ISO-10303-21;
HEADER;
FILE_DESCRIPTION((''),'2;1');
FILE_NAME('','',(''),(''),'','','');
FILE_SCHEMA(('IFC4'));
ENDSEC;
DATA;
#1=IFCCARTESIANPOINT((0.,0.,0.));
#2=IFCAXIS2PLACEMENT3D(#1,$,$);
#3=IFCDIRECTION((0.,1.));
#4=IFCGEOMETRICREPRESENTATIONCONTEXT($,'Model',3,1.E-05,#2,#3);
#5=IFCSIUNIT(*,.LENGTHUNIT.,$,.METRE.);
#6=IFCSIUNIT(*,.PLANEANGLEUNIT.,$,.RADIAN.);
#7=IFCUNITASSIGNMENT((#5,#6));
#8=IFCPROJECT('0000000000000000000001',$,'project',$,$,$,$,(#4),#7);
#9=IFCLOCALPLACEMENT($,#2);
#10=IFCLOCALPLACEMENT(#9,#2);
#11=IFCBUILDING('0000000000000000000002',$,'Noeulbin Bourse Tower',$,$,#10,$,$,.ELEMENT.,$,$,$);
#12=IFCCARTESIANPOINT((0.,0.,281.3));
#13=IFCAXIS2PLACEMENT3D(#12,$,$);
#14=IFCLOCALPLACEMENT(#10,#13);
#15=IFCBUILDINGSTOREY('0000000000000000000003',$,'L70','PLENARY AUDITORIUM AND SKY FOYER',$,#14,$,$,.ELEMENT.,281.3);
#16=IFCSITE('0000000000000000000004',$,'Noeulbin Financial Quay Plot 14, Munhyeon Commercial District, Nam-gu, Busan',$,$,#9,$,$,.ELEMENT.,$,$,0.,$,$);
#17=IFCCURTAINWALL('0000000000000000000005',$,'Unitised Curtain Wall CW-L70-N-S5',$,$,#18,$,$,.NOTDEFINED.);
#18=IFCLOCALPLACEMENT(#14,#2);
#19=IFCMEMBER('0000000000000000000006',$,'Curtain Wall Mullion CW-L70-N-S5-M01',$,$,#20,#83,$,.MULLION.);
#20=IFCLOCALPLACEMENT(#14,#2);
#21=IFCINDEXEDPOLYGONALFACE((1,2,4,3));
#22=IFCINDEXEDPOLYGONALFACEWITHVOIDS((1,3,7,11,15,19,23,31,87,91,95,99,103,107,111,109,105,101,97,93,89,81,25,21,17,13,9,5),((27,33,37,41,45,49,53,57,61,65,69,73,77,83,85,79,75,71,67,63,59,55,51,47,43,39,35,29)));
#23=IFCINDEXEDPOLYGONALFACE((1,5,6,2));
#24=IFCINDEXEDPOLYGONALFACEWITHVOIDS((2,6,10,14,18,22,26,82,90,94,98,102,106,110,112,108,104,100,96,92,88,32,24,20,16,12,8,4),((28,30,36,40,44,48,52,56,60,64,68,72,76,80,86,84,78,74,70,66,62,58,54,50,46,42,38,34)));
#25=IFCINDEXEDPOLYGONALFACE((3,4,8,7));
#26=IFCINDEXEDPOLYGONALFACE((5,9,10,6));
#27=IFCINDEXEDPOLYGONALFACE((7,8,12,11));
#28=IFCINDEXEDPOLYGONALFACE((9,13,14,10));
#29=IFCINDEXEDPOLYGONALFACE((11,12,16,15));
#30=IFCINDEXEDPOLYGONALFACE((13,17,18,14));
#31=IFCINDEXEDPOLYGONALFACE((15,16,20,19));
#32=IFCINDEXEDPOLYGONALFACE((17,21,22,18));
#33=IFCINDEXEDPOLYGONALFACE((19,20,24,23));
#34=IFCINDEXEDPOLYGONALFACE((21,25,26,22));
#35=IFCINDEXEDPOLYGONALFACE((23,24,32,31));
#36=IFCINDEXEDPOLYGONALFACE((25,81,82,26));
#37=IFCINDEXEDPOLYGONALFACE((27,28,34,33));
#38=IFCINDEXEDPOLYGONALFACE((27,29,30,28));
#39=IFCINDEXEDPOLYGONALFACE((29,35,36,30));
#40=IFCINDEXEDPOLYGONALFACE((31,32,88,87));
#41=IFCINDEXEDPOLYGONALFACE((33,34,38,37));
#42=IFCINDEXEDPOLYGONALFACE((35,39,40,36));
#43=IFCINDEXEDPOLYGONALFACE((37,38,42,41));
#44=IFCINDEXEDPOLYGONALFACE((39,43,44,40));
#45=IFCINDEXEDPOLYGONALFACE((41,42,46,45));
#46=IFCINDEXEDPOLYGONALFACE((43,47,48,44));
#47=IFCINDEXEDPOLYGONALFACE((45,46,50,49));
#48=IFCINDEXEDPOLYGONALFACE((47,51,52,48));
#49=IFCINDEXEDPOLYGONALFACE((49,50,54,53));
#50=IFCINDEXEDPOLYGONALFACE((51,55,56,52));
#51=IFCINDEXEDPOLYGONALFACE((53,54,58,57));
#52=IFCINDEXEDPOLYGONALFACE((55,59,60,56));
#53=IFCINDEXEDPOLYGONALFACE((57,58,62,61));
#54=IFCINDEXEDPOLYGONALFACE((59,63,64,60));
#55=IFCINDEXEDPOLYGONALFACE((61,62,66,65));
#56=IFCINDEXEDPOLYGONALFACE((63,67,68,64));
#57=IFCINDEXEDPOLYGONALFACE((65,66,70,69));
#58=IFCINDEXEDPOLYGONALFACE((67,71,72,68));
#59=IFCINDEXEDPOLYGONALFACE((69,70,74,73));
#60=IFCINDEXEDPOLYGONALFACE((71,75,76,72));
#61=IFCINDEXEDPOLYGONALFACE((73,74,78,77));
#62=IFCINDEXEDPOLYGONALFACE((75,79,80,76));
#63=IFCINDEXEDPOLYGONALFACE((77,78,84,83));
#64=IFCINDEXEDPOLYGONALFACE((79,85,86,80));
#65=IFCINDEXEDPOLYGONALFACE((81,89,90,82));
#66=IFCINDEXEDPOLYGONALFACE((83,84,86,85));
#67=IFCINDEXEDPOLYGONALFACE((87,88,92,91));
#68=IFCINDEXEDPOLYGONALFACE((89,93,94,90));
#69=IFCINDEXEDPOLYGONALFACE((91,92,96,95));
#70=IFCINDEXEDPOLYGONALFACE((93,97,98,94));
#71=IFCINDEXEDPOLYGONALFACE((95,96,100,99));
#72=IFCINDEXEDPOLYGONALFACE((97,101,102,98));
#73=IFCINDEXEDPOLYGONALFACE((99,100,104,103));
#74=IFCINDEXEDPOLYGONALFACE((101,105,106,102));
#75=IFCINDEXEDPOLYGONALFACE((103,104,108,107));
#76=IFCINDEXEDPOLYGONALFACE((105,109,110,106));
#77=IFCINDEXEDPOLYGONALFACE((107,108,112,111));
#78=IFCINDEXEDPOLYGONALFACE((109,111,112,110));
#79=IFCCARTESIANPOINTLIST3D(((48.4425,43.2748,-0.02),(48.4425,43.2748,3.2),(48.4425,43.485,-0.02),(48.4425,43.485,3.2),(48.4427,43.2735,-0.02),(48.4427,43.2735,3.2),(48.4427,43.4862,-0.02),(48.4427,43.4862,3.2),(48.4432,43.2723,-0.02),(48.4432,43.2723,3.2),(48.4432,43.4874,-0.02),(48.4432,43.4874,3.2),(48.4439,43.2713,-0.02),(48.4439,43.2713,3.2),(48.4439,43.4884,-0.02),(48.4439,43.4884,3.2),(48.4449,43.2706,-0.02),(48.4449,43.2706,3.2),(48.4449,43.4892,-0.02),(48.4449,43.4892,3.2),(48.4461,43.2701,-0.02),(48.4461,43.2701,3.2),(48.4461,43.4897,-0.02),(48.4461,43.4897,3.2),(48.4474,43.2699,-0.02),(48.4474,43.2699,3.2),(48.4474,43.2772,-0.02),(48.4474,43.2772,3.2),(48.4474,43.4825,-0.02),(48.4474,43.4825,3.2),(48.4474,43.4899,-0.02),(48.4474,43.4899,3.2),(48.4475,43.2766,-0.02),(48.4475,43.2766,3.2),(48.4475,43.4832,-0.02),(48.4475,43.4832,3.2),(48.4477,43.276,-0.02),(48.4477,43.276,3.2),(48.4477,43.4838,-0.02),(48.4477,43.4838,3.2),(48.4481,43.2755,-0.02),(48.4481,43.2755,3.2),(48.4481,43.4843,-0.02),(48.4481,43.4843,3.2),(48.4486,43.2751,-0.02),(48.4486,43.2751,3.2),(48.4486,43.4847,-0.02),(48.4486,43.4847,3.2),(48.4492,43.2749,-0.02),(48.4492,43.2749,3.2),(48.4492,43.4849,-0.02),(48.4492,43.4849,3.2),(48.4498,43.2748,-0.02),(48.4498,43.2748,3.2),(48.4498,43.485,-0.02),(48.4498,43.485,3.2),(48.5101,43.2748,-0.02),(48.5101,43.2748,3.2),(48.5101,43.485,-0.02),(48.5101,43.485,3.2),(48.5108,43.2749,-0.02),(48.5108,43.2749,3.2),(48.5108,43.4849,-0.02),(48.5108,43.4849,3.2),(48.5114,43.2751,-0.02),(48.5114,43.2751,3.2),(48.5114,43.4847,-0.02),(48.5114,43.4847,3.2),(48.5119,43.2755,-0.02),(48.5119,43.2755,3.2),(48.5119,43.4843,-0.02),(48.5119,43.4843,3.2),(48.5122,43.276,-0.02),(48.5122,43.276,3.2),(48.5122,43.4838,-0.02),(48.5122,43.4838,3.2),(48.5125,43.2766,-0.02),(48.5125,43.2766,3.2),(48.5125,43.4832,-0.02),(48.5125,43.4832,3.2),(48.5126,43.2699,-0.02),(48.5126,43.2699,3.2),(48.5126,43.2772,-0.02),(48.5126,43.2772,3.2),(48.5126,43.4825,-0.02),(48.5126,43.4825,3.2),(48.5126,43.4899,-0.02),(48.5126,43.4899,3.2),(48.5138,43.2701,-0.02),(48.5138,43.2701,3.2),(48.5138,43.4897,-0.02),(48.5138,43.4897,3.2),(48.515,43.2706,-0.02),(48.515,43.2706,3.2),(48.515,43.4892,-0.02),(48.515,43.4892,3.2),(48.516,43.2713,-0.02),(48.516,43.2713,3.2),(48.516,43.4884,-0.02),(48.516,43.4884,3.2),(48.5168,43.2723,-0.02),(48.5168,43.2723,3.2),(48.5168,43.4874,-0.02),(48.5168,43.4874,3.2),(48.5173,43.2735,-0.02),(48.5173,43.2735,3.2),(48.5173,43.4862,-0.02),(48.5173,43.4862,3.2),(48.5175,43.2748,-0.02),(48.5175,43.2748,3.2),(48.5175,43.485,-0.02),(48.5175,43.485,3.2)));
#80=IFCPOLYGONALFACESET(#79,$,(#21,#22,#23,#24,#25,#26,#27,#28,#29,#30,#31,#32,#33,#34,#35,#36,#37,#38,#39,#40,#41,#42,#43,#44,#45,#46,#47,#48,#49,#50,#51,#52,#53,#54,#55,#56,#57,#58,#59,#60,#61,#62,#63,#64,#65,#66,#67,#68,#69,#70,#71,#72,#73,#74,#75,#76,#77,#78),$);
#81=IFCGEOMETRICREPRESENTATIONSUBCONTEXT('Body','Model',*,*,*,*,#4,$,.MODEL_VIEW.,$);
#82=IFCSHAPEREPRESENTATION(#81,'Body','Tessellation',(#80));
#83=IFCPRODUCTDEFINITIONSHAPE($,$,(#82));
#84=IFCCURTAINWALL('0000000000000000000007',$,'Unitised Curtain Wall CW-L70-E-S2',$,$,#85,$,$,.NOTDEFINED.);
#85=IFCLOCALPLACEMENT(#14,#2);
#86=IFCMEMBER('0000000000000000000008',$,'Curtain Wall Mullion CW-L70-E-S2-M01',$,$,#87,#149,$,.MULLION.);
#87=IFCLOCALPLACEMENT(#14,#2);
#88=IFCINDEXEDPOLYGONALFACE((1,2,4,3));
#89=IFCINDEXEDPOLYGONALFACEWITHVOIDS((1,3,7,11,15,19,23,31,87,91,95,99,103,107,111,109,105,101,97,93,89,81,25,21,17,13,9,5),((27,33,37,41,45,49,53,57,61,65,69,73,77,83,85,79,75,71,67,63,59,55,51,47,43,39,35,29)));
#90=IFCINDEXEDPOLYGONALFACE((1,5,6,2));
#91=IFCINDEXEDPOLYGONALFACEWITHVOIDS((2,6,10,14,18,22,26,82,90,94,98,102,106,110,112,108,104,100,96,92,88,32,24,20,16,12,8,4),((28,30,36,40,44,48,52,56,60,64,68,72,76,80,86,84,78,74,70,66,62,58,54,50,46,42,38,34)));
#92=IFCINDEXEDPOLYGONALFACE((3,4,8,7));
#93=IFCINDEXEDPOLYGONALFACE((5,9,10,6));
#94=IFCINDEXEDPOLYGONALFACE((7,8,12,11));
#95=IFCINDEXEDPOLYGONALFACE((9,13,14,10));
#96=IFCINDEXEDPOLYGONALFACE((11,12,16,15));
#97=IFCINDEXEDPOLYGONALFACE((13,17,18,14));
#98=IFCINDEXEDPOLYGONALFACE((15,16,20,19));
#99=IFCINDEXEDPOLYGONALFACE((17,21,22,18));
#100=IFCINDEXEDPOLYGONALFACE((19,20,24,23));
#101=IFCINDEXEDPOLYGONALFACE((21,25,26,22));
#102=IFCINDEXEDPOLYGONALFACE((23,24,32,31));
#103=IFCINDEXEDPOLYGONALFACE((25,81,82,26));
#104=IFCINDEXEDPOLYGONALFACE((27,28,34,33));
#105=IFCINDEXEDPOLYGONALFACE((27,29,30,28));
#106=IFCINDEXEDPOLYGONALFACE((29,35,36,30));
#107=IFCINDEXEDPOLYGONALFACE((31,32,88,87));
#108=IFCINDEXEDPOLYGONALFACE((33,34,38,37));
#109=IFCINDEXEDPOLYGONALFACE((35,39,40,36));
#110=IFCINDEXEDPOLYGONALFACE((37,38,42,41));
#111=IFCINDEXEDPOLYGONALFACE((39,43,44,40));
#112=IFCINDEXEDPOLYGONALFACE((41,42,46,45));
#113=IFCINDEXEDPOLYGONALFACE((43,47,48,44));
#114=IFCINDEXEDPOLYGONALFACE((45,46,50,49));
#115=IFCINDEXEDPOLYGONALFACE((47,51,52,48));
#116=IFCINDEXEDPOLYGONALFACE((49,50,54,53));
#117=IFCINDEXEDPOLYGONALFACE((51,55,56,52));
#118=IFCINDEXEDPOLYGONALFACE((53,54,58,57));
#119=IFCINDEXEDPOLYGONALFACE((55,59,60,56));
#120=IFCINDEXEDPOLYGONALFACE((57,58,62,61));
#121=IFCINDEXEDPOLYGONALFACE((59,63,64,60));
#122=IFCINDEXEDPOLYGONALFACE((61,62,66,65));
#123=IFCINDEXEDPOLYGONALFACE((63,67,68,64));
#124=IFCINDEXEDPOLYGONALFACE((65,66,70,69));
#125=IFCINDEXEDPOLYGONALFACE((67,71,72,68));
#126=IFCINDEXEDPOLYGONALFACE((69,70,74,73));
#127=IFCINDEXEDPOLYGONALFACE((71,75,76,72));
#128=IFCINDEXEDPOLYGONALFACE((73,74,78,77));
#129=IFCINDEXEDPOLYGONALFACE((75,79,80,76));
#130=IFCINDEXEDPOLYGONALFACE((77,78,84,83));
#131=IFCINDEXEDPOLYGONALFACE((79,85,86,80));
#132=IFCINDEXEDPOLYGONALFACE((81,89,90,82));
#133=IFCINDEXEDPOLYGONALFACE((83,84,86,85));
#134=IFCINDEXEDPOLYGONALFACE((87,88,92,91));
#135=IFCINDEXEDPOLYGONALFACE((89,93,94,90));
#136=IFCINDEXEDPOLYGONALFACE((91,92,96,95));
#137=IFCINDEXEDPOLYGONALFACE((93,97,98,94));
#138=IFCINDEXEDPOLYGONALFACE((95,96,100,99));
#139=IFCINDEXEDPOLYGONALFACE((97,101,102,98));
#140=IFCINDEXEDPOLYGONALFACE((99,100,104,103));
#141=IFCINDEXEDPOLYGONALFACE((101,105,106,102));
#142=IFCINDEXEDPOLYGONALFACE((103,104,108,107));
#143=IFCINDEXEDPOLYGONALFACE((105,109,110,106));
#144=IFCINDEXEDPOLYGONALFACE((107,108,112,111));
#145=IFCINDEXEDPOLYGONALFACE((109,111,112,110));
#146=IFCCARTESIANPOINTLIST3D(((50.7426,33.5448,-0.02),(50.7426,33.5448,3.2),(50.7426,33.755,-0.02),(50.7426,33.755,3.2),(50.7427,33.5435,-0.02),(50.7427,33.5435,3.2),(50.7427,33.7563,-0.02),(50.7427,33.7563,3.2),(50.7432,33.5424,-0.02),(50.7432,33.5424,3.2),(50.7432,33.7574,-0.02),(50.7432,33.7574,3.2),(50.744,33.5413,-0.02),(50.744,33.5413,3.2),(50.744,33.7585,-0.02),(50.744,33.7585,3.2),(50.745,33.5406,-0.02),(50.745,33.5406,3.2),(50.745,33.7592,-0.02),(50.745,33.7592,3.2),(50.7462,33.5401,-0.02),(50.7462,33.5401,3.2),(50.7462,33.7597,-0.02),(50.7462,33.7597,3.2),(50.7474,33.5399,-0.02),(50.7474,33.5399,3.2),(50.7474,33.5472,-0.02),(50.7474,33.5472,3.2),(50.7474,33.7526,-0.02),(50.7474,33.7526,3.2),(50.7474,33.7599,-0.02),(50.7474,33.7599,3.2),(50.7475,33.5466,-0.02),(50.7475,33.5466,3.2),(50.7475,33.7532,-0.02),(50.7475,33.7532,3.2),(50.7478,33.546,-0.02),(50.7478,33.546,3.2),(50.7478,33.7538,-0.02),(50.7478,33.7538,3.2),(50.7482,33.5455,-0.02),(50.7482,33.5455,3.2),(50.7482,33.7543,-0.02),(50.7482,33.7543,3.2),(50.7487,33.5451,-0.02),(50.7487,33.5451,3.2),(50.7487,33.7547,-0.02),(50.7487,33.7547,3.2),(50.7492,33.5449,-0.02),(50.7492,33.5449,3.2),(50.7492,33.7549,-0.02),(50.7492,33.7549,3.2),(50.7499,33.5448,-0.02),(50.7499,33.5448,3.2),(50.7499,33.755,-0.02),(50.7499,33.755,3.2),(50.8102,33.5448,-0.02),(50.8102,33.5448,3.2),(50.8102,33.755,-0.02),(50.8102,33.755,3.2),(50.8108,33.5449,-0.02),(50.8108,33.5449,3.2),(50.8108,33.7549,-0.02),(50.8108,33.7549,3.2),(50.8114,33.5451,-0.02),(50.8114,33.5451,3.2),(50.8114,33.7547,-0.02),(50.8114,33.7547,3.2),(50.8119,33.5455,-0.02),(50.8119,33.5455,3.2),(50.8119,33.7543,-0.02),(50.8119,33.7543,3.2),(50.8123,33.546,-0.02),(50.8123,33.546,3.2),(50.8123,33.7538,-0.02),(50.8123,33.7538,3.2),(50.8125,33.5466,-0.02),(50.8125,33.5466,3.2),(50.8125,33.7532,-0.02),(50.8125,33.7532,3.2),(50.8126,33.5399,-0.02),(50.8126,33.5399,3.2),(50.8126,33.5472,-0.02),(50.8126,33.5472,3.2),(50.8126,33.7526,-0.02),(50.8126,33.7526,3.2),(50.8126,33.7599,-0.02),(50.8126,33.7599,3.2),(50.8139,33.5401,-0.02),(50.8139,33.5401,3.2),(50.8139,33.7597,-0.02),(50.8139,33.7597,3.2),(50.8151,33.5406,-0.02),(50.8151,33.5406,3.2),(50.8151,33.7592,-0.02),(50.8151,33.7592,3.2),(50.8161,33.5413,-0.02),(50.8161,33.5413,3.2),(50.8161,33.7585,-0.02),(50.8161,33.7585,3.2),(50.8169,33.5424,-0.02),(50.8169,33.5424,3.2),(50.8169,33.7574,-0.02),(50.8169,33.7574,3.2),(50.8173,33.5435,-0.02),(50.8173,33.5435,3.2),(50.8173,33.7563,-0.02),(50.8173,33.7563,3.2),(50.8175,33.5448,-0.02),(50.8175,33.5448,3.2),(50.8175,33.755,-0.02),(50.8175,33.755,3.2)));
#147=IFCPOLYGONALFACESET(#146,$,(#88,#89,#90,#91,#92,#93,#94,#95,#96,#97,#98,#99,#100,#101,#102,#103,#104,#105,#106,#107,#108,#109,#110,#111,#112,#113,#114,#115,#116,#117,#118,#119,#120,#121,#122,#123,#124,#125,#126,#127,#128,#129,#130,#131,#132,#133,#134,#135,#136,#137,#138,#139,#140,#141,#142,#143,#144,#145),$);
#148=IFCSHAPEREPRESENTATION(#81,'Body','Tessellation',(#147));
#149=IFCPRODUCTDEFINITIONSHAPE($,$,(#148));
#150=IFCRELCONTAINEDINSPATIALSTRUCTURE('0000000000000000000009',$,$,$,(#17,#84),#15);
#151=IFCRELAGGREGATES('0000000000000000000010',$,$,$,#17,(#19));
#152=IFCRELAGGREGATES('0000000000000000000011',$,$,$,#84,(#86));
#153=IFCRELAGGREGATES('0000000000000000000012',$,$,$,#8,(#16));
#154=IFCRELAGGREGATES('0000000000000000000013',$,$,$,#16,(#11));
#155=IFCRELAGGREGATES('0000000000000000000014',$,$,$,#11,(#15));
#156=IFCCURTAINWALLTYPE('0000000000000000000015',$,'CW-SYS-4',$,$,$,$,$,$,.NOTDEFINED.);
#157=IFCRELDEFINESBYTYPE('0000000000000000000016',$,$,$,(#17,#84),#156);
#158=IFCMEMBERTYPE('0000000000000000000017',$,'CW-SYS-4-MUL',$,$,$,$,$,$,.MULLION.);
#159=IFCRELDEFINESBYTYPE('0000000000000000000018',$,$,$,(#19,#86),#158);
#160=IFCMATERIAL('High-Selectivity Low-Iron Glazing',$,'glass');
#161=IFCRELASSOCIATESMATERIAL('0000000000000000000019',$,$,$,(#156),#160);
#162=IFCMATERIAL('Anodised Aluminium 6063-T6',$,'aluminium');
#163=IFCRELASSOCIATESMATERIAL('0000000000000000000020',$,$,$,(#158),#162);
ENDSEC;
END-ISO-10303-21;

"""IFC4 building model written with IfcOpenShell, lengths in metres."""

from ifc_helpers import new_model, si_unit, direction, frame, origin, origin_2d, place, context, subcontext, project, spatial, hollow_rectangle, extrude, material, material_profile, profile_set, type_object, element, aggregate, save


model = new_model("IFC4")

# Units and contexts
model_context = context("Model", 3, precision=1e-05, world=origin(), true_north=direction((0.0, 1.0)))
body_context = subcontext(model_context, "Body", "Model", "MODEL_VIEW")
ifc_project = project(units=[si_unit("LENGTHUNIT", "METRE"), si_unit("PLANEANGLEUNIT", "RADIAN")], contexts=[model_context])

# Site, building, storey
site_placement = place(None, origin())
site = spatial("IfcSite", under=ifc_project, at=site_placement, Name="Noeulbin Financial Quay Plot 14, Munhyeon Commercial District, Nam-gu, Busan", CompositionType="ELEMENT", RefElevation=0.0)
building_placement = place(site_placement, origin())
building = spatial("IfcBuilding", under=site, at=building_placement, Name="Noeulbin Bourse Tower", CompositionType="ELEMENT")
storey_placement = place(building_placement, frame((0.0, 0.0, 281.3)))
storey = spatial("IfcBuildingStorey", under=building, at=storey_placement, Name="L70", Description="PLENARY AUDITORIUM AND SKY FOYER", CompositionType="ELEMENT", Elevation=281.3)

# Shared definitions
ifc_material_1 = material(Name="High-Selectivity Low-Iron Glazing", Category="glass")
curtain_wall_type = type_object("IfcCurtainWallType", Name="CW-SYS-4", PredefinedType="NOTDEFINED", material=ifc_material_1)
ifc_material_2 = material(Name="Anodised Aluminium 6063-T6", Category="aluminium")
ifc_material_profile_1 = material_profile(ifc_material_2, hollow_rectangle(XDim=0.075, YDim=0.22, WallThickness=0.0049, InnerFilletRadius=0.0024, OuterFilletRadius=0.0049, at=origin_2d()), Name="ALU-MULL-75x220x5", Category="LoadBearing")
ifc_profile_set_1 = profile_set([ifc_material_profile_1], Name="Anodised Aluminium 6063-T6")
member_type_1 = type_object("IfcMemberType", Name="CW-SYS-4-MUL", PredefinedType="MULLION", material=ifc_profile_set_1)

# Curtain walls, members
curtain_wall_1_placement = place(storey_placement, origin())
curtain_wall_1 = element("IfcCurtainWall", 1, at=curtain_wall_1_placement, inside=storey, type_object=curtain_wall_type, Name="Unitised Curtain Wall CW-L70-N-S5", PredefinedType="NOTDEFINED")
member_1_placement = place(storey_placement, frame((48.48, 43.3799, -0.02), z_axis=(0.0, 0.0, 1.0), x_axis=(1.0, 0.0, 0.0)))
member_1 = element("IfcMember", 2, at=member_1_placement, type_object=member_type_1, Name="Curtain Wall Mullion CW-L70-N-S5-M01", PredefinedType="MULLION", context=body_context, shape_type="SweptSolid", body=[
    extrude(hollow_rectangle(XDim=0.075, YDim=0.22, WallThickness=0.0049, InnerFilletRadius=0.0024, OuterFilletRadius=0.0049, at=origin_2d()), origin(), (0.0, 0.0, 1.0), 3.22),
])
curtain_wall_2_placement = place(storey_placement, origin())
curtain_wall_2 = element("IfcCurtainWall", 3, at=curtain_wall_2_placement, inside=storey, type_object=curtain_wall_type, Name="Unitised Curtain Wall CW-L70-E-S2", PredefinedType="NOTDEFINED")
member_2_placement = place(storey_placement, frame((50.78, 33.6499, -0.02), z_axis=(0.0, 0.0, 1.0), x_axis=(1.0, 0.0, 0.0)))
member_2 = element("IfcMember", 4, at=member_2_placement, type_object=member_type_1, Name="Curtain Wall Mullion CW-L70-E-S2-M01", PredefinedType="MULLION", context=body_context, shape_type="SweptSolid", body=[
    extrude(hollow_rectangle(XDim=0.075, YDim=0.22, WallThickness=0.0049, InnerFilletRadius=0.0024, OuterFilletRadius=0.0049, at=origin_2d()), origin(), (0.0, 0.0, 1.0), 3.22),
])

aggregate(curtain_wall_1, [member_1])
aggregate(curtain_wall_2, [member_2])

save(model, "model.ifc")
